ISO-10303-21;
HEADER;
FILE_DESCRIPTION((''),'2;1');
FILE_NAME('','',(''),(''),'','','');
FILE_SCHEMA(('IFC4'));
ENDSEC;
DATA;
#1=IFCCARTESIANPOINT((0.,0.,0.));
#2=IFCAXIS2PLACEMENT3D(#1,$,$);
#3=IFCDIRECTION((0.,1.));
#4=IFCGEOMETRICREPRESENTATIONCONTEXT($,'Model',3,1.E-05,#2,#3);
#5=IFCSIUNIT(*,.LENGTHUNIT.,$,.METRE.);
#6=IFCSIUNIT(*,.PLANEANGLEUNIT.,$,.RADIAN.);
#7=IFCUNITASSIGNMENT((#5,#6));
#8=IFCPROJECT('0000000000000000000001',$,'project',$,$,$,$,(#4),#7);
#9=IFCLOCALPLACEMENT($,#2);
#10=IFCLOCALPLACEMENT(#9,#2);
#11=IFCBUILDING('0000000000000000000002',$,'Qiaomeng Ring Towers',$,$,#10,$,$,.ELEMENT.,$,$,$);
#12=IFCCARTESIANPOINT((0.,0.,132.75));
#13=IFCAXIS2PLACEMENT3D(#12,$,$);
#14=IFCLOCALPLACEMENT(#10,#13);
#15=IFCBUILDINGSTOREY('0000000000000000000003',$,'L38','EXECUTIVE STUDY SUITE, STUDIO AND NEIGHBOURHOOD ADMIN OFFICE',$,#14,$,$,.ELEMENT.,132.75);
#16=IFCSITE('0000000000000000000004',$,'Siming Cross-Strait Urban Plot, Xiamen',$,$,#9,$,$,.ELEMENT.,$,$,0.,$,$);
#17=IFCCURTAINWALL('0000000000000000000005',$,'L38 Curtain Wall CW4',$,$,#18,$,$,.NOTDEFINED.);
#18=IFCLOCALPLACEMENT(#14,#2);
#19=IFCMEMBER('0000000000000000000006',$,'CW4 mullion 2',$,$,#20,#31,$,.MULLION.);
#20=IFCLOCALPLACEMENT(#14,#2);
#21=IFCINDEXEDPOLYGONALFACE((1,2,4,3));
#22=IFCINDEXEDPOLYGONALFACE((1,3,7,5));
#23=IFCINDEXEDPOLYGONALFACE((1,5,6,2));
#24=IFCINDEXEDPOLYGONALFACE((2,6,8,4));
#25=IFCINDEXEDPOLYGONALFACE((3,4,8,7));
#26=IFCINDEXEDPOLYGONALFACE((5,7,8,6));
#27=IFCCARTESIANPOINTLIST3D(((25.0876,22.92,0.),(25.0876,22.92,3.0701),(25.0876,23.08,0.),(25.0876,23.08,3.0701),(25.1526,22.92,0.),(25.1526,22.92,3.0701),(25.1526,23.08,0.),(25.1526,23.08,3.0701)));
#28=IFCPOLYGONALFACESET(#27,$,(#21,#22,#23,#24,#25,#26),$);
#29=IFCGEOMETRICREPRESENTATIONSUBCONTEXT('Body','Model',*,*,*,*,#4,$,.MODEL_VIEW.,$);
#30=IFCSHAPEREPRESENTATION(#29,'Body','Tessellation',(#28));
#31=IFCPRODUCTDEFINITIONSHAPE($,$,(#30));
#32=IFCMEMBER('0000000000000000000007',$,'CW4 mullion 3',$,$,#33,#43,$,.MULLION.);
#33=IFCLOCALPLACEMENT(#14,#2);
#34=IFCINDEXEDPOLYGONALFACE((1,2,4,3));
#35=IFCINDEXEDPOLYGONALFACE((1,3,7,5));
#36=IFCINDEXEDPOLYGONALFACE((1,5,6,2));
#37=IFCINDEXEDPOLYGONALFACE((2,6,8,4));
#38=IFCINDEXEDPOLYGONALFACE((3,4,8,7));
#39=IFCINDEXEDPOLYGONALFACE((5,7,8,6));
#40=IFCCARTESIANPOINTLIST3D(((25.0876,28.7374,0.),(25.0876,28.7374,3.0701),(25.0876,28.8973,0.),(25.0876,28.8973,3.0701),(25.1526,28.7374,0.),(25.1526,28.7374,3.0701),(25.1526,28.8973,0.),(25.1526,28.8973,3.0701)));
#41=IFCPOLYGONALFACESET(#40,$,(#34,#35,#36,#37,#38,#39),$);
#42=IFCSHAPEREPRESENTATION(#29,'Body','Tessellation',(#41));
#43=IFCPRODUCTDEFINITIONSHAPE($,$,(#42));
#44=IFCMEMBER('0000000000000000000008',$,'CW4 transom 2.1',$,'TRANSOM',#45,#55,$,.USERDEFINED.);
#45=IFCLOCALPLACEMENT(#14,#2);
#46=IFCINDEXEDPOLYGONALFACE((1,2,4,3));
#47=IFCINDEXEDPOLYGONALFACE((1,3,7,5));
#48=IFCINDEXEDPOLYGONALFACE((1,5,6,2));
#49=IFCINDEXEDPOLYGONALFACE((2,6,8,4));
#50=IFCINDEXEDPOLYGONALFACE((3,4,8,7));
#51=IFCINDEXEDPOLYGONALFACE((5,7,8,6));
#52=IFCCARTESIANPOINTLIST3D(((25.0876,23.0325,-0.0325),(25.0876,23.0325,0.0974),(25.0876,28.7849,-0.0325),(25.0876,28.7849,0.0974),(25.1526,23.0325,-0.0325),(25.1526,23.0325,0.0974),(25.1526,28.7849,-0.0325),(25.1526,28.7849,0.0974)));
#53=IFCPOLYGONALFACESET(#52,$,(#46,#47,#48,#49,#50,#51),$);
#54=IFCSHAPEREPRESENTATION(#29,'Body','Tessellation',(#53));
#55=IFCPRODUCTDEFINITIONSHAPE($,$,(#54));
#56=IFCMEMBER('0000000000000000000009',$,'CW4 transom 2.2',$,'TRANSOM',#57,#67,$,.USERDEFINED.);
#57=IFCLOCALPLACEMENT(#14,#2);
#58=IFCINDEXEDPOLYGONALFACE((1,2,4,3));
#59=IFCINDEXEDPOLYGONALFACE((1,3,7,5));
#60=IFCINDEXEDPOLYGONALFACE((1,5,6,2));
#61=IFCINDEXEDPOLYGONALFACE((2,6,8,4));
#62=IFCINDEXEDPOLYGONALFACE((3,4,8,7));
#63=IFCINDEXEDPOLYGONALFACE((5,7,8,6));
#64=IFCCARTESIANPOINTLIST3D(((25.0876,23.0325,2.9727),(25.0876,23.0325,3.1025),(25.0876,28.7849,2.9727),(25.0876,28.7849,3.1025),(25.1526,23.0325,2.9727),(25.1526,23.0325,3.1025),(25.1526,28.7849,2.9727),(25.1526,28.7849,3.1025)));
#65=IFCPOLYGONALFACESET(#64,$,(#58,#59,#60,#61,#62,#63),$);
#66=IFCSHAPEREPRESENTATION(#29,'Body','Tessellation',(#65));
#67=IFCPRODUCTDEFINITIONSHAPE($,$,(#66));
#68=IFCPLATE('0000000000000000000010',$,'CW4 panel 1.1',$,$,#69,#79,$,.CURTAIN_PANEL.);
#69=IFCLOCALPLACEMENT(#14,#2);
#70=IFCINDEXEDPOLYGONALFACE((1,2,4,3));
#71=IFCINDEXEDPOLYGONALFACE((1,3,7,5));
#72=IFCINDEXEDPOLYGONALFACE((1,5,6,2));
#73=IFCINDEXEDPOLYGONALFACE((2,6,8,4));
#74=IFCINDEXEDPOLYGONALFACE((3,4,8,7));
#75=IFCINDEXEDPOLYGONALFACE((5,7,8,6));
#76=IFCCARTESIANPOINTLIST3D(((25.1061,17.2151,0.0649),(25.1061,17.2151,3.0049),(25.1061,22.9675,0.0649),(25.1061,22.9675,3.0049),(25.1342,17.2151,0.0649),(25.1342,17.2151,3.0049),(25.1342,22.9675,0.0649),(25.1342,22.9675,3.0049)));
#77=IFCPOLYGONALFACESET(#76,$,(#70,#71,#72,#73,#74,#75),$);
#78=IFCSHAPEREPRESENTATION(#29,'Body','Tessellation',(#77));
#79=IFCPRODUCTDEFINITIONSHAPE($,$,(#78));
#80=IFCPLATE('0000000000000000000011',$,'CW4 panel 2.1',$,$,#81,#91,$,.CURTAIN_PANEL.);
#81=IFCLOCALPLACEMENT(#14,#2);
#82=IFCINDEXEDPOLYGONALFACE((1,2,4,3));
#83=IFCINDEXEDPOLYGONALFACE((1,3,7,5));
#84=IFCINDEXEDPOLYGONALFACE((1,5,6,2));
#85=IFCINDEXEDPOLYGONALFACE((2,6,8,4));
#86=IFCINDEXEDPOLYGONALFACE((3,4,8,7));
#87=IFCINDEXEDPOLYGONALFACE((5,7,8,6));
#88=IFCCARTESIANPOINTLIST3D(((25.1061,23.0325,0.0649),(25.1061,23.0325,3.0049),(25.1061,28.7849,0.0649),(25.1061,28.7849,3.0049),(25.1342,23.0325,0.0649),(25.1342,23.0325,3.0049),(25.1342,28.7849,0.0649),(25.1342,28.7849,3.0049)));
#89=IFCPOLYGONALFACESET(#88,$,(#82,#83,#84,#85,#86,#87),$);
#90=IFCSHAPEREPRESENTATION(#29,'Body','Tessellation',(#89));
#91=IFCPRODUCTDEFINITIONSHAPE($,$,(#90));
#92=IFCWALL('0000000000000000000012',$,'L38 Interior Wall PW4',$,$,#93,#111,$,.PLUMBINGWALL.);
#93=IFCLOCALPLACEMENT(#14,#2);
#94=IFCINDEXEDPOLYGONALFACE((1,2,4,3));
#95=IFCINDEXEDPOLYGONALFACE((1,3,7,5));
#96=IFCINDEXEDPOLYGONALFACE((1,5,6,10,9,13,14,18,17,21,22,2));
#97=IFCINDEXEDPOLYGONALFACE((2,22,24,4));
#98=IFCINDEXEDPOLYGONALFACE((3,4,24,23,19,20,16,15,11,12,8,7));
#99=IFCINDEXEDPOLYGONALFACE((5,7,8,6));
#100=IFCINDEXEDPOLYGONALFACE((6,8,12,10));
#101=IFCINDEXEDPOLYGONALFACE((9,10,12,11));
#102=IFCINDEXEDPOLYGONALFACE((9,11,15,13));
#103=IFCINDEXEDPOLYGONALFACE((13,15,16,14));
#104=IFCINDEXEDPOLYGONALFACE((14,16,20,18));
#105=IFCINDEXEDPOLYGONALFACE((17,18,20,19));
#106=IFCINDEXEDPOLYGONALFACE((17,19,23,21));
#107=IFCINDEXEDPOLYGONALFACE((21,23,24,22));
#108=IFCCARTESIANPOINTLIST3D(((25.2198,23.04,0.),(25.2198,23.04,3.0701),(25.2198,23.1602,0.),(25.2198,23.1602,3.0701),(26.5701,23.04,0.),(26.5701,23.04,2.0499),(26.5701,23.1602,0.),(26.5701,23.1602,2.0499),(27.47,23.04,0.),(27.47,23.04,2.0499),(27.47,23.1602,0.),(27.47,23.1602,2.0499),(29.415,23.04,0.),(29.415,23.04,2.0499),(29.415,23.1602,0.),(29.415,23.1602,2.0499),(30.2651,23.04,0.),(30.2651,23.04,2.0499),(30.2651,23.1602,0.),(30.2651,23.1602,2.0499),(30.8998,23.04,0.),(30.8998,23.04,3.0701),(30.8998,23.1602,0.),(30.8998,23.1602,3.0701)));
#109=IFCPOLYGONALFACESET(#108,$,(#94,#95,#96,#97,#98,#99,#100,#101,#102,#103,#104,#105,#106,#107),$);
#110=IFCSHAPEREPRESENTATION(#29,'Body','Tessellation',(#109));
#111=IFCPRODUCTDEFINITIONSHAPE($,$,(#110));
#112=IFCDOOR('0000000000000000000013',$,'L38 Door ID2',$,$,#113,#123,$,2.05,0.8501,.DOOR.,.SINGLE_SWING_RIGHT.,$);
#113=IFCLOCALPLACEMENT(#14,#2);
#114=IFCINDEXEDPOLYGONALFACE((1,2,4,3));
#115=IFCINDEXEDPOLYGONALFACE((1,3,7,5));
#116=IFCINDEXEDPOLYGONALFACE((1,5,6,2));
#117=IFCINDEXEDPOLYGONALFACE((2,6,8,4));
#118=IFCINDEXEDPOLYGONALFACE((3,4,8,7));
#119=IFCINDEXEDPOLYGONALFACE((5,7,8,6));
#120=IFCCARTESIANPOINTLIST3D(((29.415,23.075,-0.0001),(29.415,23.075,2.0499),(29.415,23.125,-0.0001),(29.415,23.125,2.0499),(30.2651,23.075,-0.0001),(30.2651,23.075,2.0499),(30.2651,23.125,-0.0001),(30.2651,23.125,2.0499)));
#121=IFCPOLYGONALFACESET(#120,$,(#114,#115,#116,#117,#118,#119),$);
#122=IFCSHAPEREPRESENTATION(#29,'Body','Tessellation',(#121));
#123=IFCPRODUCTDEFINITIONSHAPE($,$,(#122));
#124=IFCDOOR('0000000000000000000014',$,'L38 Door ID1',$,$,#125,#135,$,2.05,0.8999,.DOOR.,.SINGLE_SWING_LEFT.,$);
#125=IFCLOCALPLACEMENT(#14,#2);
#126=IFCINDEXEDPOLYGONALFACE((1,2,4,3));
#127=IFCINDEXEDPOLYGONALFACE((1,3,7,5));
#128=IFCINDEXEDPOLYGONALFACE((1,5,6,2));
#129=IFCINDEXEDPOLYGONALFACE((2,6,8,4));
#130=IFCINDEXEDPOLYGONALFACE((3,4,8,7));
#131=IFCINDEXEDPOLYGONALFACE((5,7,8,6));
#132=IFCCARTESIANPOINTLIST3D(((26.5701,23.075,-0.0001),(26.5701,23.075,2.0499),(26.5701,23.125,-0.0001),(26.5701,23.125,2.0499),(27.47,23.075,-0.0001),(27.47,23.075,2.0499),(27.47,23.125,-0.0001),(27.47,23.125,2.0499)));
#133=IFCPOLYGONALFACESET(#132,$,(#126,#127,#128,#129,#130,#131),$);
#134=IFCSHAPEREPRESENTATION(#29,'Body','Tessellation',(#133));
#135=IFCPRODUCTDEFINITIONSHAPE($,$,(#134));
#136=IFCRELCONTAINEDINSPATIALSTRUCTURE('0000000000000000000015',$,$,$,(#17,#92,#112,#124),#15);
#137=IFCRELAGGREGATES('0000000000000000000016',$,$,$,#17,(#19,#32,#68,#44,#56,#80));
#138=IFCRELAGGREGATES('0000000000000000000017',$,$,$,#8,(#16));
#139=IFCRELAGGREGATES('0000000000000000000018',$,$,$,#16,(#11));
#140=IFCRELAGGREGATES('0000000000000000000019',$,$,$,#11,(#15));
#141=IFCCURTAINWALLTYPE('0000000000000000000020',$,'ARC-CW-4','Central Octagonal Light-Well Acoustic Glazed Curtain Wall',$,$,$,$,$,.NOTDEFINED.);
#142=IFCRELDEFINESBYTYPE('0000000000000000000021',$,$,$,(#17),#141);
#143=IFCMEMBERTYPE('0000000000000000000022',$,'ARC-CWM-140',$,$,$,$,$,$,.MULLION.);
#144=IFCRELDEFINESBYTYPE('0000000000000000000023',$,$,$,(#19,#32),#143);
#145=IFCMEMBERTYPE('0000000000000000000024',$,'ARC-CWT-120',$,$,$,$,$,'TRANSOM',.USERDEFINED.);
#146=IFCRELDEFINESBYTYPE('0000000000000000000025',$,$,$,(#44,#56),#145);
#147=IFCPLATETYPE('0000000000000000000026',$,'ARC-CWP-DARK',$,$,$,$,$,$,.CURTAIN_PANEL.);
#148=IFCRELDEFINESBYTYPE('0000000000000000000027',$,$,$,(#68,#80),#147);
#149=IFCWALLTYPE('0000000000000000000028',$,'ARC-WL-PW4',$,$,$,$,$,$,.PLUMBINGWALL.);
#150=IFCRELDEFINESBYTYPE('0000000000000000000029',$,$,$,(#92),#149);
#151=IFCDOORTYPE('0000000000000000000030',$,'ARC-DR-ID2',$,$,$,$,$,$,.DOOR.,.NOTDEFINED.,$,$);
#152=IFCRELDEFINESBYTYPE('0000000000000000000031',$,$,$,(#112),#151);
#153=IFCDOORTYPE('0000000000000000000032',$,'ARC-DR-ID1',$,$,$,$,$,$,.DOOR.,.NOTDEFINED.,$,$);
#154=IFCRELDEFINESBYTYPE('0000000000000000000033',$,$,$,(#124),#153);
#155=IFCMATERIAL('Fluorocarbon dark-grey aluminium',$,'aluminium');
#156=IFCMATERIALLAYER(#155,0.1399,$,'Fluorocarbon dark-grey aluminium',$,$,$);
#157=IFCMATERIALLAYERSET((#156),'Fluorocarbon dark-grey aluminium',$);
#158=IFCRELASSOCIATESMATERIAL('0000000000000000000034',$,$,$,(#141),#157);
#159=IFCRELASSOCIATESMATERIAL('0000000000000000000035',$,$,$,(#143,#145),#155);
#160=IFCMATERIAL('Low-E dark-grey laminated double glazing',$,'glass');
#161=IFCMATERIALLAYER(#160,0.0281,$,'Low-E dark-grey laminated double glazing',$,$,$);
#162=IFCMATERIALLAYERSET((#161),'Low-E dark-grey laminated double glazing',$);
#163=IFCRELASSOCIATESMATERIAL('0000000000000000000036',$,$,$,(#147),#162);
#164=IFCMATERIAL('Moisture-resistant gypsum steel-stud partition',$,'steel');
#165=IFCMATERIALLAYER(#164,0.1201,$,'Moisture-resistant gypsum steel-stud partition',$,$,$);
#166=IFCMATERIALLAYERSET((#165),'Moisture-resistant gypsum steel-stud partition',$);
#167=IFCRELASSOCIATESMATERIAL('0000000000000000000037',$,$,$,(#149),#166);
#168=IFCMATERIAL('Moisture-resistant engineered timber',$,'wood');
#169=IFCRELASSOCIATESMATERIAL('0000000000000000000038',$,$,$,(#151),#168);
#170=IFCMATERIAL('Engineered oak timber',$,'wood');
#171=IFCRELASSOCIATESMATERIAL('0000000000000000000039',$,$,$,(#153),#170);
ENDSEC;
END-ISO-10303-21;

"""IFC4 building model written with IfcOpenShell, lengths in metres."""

from ifc_helpers import new_model, si_unit, direction, frame, frame_2d, origin, origin_2d, place, context, subcontext, project, spatial, rectangle, extrude, source, transform, mapped, material, layer, layer_set, material_profile, profile_set, type_object, element, fill, aggregate, save


model = new_model("IFC4")

# Units and contexts
model_context = context("Model", 3, precision=1e-05, world=origin(), true_north=direction((0.0, 1.0)))
body_context = subcontext(model_context, "Body", "Model", "MODEL_VIEW")
ifc_project = project(units=[si_unit("LENGTHUNIT", "METRE"), si_unit("PLANEANGLEUNIT", "RADIAN")], contexts=[model_context])

# Site, building, storey
site_placement = place(None, origin())
site = spatial("IfcSite", under=ifc_project, at=site_placement, Name="Siming Cross-Strait Urban Plot, Xiamen", CompositionType="ELEMENT", RefElevation=0.0)
building_placement = place(site_placement, origin())
building = spatial("IfcBuilding", under=site, at=building_placement, Name="Qiaomeng Ring Towers", CompositionType="ELEMENT")
storey_placement = place(building_placement, frame((0.0, 0.0, 132.75)))
storey = spatial("IfcBuildingStorey", under=building, at=storey_placement, Name="L38", Description="EXECUTIVE STUDY SUITE, STUDIO AND NEIGHBOURHOOD ADMIN OFFICE", CompositionType="ELEMENT", Elevation=132.75)

# Curtain wall, members, plates
ifc_material_1 = material(Name="Fluorocarbon dark-grey aluminium", Category="aluminium")
ifc_layer_1 = layer(ifc_material_1, 0.1399, Name="Fluorocarbon dark-grey aluminium")
ifc_layer_set_1 = layer_set([ifc_layer_1], Name="Fluorocarbon dark-grey aluminium")
curtain_wall_type = type_object("IfcCurtainWallType", Name="ARC-CW-4", Description="Central Octagonal Light-Well Acoustic Glazed Curtain Wall", PredefinedType="NOTDEFINED", material=ifc_layer_set_1)
curtain_wall_placement = place(storey_placement, origin())
curtain_wall = element("IfcCurtainWall", 1, at=curtain_wall_placement, inside=storey, type_object=curtain_wall_type, Name="L38 Curtain Wall CW4", PredefinedType="NOTDEFINED")
ifc_material_profile_1 = material_profile(ifc_material_1, rectangle(XDim=0.0649, YDim=0.1599, at=origin_2d()), Name="ALU MULL 65x160")
ifc_profile_set_1 = profile_set([ifc_material_profile_1], Name="Fluorocarbon dark-grey aluminium")
member_type_1 = type_object("IfcMemberType", Name="ARC-CWM-140", PredefinedType="MULLION", material=ifc_profile_set_1)
shared_shape_1 = source(origin(), body_context, "Body", "SweptSolid", [
    extrude(rectangle(XDim=0.0649, YDim=0.1599, at=origin_2d()), origin(), (0.0, 0.0, 1.0), 3.0701),
])
member_1_placement = place(storey_placement, frame((25.1201, 23.0, 0.0), z_axis=(0.0, 0.0, 1.0), x_axis=(-1.0, 0.0, 0.0)))
member_1 = element("IfcMember", 2, at=member_1_placement, type_object=member_type_1, Name="CW4 mullion 2", PredefinedType="MULLION", context=body_context, shape_type="MappedRepresentation", body=[
    mapped(shared_shape_1, transform((0.0, 0.0, 0.0), x_axis=(1.0, 0.0, 0.0), y_axis=(0.0, 1.0, 0.0), z_axis=(0.0, 0.0, 1.0), scale=1.0)),
])
member_2_placement = place(storey_placement, frame((25.1201, 28.8174, 0.0), z_axis=(0.0, 0.0, 1.0), x_axis=(-1.0, 0.0, 0.0)))
member_2 = element("IfcMember", 3, at=member_2_placement, type_object=member_type_1, Name="CW4 mullion 3", PredefinedType="MULLION", context=body_context, shape_type="MappedRepresentation", body=[
    mapped(shared_shape_1, transform((0.0, 0.0, 0.0), x_axis=(1.0, 0.0, 0.0), y_axis=(0.0, 1.0, 0.0), z_axis=(0.0, 0.0, 1.0), scale=1.0)),
])
ifc_material_profile_2 = material_profile(ifc_material_1, rectangle(XDim=0.0649, YDim=0.1299, at=origin_2d()), Name="ALU TRAN 65x130")
ifc_profile_set_2 = profile_set([ifc_material_profile_2], Name="Fluorocarbon dark-grey aluminium")
member_type_2 = type_object("IfcMemberType", Name="ARC-CWT-120", ElementType="TRANSOM", PredefinedType="USERDEFINED", material=ifc_profile_set_2)
shared_shape_2 = source(origin(), body_context, "Body", "SweptSolid", [
    extrude(rectangle(XDim=0.0649, YDim=0.1299, at=origin_2d()), origin(), (0.0, 0.0, 1.0), 5.7524),
])
member_3_placement = place(storey_placement, frame((25.1201, 23.0325, 0.0325), z_axis=(0.0, 1.0, 0.0), x_axis=(-1.0, 0.0, 0.0)))
member_3 = element("IfcMember", 4, at=member_3_placement, type_object=member_type_2, Name="CW4 transom 2.1", ObjectType="TRANSOM", PredefinedType="USERDEFINED", context=body_context, shape_type="MappedRepresentation", body=[
    mapped(shared_shape_2, transform((0.0, 0.0, 0.0), x_axis=(1.0, 0.0, 0.0), y_axis=(0.0, 1.0, 0.0), z_axis=(0.0, 0.0, 1.0), scale=1.0)),
])
member_4_placement = place(storey_placement, frame((25.1201, 23.0325, 3.0376), z_axis=(0.0, 1.0, 0.0), x_axis=(-1.0, 0.0, 0.0)))
member_4 = element("IfcMember", 5, at=member_4_placement, type_object=member_type_2, Name="CW4 transom 2.2", ObjectType="TRANSOM", PredefinedType="USERDEFINED", context=body_context, shape_type="MappedRepresentation", body=[
    mapped(shared_shape_2, transform((0.0, 0.0, 0.0), x_axis=(1.0, 0.0, 0.0), y_axis=(0.0, 1.0, 0.0), z_axis=(0.0, 0.0, 1.0), scale=1.0)),
])
ifc_material_2 = material(Name="Low-E dark-grey laminated double glazing", Category="glass")
ifc_layer_2 = layer(ifc_material_2, 0.0281, Name="Low-E dark-grey laminated double glazing")
ifc_layer_set_2 = layer_set([ifc_layer_2], Name="Low-E dark-grey laminated double glazing")
plate_type = type_object("IfcPlateType", Name="ARC-CWP-DARK", PredefinedType="CURTAIN_PANEL", material=ifc_layer_set_2)
shared_shape_3 = source(origin(), body_context, "Body", "SweptSolid", [
    extrude(rectangle(XDim=5.7524, YDim=0.0281, at=origin_2d()), origin(), (0.0, 0.0, 1.0), 2.9399),
])
plate_1_placement = place(storey_placement, frame((25.1201, 20.0913, 0.0649), z_axis=(0.0, 0.0, 1.0), x_axis=(0.0, 1.0, 0.0)))
plate_1 = element("IfcPlate", 6, at=plate_1_placement, type_object=plate_type, Name="CW4 panel 1.1", PredefinedType="CURTAIN_PANEL", context=body_context, shape_type="MappedRepresentation", body=[
    mapped(shared_shape_3, transform((0.0, 0.0, 0.0), x_axis=(1.0, 0.0, 0.0), y_axis=(0.0, 1.0, 0.0), z_axis=(0.0, 0.0, 1.0), scale=1.0)),
])
plate_2_placement = place(storey_placement, frame((25.1201, 25.9087, 0.0649), z_axis=(0.0, 0.0, 1.0), x_axis=(0.0, 1.0, 0.0)))
plate_2 = element("IfcPlate", 7, at=plate_2_placement, type_object=plate_type, Name="CW4 panel 2.1", PredefinedType="CURTAIN_PANEL", context=body_context, shape_type="MappedRepresentation", body=[
    mapped(shared_shape_3, transform((0.0, 0.0, 0.0), x_axis=(1.0, 0.0, 0.0), y_axis=(0.0, 1.0, 0.0), z_axis=(0.0, 0.0, 1.0), scale=1.0)),
])
aggregate(curtain_wall, [member_1, member_2, plate_1, member_3, member_4, plate_2])

# Wall, openings, doors
ifc_material_3 = material(Name="Moisture-resistant gypsum steel-stud partition", Category="steel")
ifc_layer_3 = layer(ifc_material_3, 0.1201, Name="Moisture-resistant gypsum steel-stud partition")
ifc_layer_set_3 = layer_set([ifc_layer_3], Name="Moisture-resistant gypsum steel-stud partition")
wall_type = type_object("IfcWallType", Name="ARC-WL-PW4", PredefinedType="PLUMBINGWALL", material=ifc_layer_set_3)
wall_placement = place(storey_placement, frame((25.22, 23.1001, 0.0), z_axis=(0.0, 0.0, 1.0), x_axis=(1.0, 0.0, 0.0)))
wall = element("IfcWall", 8, at=wall_placement, inside=storey, type_object=wall_type, Name="L38 Interior Wall PW4", PredefinedType="PLUMBINGWALL", context=body_context, shape_type="SweptSolid", body=[
    extrude(rectangle(XDim=5.6799, YDim=0.1201, at=frame_2d((2.8398, 0.0))), origin(), (0.0, 0.0, 1.0), 3.0701),
])
opening_1_placement = place(wall_placement, frame((1.3501, 0.0, 0.0)))
opening_1 = element("IfcOpeningElement", 9, at=opening_1_placement, cuts=wall, PredefinedType="OPENING", context=body_context, shape_type="SweptSolid", body=[
    extrude(rectangle(XDim=0.8999, YDim=2.05, at=frame_2d((0.45, 1.0249))), frame((0.0, 0.0701, 0.0), z_axis=(0.0, -1.0, 0.0), x_axis=(1.0, 0.0, 0.0)), (0.0, 0.0, 1.0), 0.1401),
])
opening_2_placement = place(wall_placement, frame((4.1951, 0.0, 0.0)))
opening_2 = element("IfcOpeningElement", 10, at=opening_2_placement, cuts=wall, PredefinedType="OPENING", context=body_context, shape_type="SweptSolid", body=[
    extrude(rectangle(XDim=0.8501, YDim=2.05, at=frame_2d((0.425, 1.0249))), frame((0.0, 0.0701, 0.0), z_axis=(0.0, -1.0, 0.0), x_axis=(1.0, 0.0, 0.0)), (0.0, 0.0, 1.0), 0.1401),
])
ifc_material_4 = material(Name="Moisture-resistant engineered timber", Category="wood")
door_type_1 = type_object("IfcDoorType", Name="ARC-DR-ID2", OperationType="NOTDEFINED", PredefinedType="DOOR", material=ifc_material_4)
shared_shape_4 = source(origin(), body_context, "Body", "SweptSolid", [
    extrude(rectangle(XDim=0.8501, YDim=2.05, at=frame_2d((0.425, 1.0249))), frame((0.0, 0.0249, 0.0), z_axis=(0.0, -1.0, 0.0), x_axis=(1.0, 0.0, 0.0)), (0.0, 0.0, 1.0), 0.05),
])
door_1_placement = place(opening_2_placement, origin())
door_1 = element("IfcDoor", 11, at=door_1_placement, inside=storey, type_object=door_type_1, Name="L38 Door ID2", OperationType="SINGLE_SWING_RIGHT", OverallHeight=2.05, OverallWidth=0.8501, PredefinedType="DOOR", context=body_context, shape_type="MappedRepresentation", body=[
    mapped(shared_shape_4, transform((0.0, 0.0, 0.0), x_axis=(1.0, 0.0, 0.0), y_axis=(0.0, 1.0, 0.0), z_axis=(0.0, 0.0, 1.0), scale=1.0)),
])
fill(opening_2, door_1)
ifc_material_5 = material(Name="Engineered oak timber", Category="wood")
door_type_2 = type_object("IfcDoorType", Name="ARC-DR-ID1", OperationType="NOTDEFINED", PredefinedType="DOOR", material=ifc_material_5)
shared_shape_5 = source(origin(), body_context, "Body", "SweptSolid", [
    extrude(rectangle(XDim=0.8999, YDim=2.05, at=frame_2d((0.45, 1.0249))), frame((0.0, 0.0249, 0.0), z_axis=(0.0, -1.0, 0.0), x_axis=(1.0, 0.0, 0.0)), (0.0, 0.0, 1.0), 0.05),
])
door_2_placement = place(opening_1_placement, origin())
door_2 = element("IfcDoor", 12, at=door_2_placement, inside=storey, type_object=door_type_2, Name="L38 Door ID1", OperationType="SINGLE_SWING_LEFT", OverallHeight=2.05, OverallWidth=0.8999, PredefinedType="DOOR", context=body_context, shape_type="MappedRepresentation", body=[
    mapped(shared_shape_5, transform((0.0, 0.0, 0.0), x_axis=(1.0, 0.0, 0.0), y_axis=(0.0, 1.0, 0.0), z_axis=(0.0, 0.0, 1.0), scale=1.0)),
])
fill(opening_1, door_2)

save(model, "model.ifc")
